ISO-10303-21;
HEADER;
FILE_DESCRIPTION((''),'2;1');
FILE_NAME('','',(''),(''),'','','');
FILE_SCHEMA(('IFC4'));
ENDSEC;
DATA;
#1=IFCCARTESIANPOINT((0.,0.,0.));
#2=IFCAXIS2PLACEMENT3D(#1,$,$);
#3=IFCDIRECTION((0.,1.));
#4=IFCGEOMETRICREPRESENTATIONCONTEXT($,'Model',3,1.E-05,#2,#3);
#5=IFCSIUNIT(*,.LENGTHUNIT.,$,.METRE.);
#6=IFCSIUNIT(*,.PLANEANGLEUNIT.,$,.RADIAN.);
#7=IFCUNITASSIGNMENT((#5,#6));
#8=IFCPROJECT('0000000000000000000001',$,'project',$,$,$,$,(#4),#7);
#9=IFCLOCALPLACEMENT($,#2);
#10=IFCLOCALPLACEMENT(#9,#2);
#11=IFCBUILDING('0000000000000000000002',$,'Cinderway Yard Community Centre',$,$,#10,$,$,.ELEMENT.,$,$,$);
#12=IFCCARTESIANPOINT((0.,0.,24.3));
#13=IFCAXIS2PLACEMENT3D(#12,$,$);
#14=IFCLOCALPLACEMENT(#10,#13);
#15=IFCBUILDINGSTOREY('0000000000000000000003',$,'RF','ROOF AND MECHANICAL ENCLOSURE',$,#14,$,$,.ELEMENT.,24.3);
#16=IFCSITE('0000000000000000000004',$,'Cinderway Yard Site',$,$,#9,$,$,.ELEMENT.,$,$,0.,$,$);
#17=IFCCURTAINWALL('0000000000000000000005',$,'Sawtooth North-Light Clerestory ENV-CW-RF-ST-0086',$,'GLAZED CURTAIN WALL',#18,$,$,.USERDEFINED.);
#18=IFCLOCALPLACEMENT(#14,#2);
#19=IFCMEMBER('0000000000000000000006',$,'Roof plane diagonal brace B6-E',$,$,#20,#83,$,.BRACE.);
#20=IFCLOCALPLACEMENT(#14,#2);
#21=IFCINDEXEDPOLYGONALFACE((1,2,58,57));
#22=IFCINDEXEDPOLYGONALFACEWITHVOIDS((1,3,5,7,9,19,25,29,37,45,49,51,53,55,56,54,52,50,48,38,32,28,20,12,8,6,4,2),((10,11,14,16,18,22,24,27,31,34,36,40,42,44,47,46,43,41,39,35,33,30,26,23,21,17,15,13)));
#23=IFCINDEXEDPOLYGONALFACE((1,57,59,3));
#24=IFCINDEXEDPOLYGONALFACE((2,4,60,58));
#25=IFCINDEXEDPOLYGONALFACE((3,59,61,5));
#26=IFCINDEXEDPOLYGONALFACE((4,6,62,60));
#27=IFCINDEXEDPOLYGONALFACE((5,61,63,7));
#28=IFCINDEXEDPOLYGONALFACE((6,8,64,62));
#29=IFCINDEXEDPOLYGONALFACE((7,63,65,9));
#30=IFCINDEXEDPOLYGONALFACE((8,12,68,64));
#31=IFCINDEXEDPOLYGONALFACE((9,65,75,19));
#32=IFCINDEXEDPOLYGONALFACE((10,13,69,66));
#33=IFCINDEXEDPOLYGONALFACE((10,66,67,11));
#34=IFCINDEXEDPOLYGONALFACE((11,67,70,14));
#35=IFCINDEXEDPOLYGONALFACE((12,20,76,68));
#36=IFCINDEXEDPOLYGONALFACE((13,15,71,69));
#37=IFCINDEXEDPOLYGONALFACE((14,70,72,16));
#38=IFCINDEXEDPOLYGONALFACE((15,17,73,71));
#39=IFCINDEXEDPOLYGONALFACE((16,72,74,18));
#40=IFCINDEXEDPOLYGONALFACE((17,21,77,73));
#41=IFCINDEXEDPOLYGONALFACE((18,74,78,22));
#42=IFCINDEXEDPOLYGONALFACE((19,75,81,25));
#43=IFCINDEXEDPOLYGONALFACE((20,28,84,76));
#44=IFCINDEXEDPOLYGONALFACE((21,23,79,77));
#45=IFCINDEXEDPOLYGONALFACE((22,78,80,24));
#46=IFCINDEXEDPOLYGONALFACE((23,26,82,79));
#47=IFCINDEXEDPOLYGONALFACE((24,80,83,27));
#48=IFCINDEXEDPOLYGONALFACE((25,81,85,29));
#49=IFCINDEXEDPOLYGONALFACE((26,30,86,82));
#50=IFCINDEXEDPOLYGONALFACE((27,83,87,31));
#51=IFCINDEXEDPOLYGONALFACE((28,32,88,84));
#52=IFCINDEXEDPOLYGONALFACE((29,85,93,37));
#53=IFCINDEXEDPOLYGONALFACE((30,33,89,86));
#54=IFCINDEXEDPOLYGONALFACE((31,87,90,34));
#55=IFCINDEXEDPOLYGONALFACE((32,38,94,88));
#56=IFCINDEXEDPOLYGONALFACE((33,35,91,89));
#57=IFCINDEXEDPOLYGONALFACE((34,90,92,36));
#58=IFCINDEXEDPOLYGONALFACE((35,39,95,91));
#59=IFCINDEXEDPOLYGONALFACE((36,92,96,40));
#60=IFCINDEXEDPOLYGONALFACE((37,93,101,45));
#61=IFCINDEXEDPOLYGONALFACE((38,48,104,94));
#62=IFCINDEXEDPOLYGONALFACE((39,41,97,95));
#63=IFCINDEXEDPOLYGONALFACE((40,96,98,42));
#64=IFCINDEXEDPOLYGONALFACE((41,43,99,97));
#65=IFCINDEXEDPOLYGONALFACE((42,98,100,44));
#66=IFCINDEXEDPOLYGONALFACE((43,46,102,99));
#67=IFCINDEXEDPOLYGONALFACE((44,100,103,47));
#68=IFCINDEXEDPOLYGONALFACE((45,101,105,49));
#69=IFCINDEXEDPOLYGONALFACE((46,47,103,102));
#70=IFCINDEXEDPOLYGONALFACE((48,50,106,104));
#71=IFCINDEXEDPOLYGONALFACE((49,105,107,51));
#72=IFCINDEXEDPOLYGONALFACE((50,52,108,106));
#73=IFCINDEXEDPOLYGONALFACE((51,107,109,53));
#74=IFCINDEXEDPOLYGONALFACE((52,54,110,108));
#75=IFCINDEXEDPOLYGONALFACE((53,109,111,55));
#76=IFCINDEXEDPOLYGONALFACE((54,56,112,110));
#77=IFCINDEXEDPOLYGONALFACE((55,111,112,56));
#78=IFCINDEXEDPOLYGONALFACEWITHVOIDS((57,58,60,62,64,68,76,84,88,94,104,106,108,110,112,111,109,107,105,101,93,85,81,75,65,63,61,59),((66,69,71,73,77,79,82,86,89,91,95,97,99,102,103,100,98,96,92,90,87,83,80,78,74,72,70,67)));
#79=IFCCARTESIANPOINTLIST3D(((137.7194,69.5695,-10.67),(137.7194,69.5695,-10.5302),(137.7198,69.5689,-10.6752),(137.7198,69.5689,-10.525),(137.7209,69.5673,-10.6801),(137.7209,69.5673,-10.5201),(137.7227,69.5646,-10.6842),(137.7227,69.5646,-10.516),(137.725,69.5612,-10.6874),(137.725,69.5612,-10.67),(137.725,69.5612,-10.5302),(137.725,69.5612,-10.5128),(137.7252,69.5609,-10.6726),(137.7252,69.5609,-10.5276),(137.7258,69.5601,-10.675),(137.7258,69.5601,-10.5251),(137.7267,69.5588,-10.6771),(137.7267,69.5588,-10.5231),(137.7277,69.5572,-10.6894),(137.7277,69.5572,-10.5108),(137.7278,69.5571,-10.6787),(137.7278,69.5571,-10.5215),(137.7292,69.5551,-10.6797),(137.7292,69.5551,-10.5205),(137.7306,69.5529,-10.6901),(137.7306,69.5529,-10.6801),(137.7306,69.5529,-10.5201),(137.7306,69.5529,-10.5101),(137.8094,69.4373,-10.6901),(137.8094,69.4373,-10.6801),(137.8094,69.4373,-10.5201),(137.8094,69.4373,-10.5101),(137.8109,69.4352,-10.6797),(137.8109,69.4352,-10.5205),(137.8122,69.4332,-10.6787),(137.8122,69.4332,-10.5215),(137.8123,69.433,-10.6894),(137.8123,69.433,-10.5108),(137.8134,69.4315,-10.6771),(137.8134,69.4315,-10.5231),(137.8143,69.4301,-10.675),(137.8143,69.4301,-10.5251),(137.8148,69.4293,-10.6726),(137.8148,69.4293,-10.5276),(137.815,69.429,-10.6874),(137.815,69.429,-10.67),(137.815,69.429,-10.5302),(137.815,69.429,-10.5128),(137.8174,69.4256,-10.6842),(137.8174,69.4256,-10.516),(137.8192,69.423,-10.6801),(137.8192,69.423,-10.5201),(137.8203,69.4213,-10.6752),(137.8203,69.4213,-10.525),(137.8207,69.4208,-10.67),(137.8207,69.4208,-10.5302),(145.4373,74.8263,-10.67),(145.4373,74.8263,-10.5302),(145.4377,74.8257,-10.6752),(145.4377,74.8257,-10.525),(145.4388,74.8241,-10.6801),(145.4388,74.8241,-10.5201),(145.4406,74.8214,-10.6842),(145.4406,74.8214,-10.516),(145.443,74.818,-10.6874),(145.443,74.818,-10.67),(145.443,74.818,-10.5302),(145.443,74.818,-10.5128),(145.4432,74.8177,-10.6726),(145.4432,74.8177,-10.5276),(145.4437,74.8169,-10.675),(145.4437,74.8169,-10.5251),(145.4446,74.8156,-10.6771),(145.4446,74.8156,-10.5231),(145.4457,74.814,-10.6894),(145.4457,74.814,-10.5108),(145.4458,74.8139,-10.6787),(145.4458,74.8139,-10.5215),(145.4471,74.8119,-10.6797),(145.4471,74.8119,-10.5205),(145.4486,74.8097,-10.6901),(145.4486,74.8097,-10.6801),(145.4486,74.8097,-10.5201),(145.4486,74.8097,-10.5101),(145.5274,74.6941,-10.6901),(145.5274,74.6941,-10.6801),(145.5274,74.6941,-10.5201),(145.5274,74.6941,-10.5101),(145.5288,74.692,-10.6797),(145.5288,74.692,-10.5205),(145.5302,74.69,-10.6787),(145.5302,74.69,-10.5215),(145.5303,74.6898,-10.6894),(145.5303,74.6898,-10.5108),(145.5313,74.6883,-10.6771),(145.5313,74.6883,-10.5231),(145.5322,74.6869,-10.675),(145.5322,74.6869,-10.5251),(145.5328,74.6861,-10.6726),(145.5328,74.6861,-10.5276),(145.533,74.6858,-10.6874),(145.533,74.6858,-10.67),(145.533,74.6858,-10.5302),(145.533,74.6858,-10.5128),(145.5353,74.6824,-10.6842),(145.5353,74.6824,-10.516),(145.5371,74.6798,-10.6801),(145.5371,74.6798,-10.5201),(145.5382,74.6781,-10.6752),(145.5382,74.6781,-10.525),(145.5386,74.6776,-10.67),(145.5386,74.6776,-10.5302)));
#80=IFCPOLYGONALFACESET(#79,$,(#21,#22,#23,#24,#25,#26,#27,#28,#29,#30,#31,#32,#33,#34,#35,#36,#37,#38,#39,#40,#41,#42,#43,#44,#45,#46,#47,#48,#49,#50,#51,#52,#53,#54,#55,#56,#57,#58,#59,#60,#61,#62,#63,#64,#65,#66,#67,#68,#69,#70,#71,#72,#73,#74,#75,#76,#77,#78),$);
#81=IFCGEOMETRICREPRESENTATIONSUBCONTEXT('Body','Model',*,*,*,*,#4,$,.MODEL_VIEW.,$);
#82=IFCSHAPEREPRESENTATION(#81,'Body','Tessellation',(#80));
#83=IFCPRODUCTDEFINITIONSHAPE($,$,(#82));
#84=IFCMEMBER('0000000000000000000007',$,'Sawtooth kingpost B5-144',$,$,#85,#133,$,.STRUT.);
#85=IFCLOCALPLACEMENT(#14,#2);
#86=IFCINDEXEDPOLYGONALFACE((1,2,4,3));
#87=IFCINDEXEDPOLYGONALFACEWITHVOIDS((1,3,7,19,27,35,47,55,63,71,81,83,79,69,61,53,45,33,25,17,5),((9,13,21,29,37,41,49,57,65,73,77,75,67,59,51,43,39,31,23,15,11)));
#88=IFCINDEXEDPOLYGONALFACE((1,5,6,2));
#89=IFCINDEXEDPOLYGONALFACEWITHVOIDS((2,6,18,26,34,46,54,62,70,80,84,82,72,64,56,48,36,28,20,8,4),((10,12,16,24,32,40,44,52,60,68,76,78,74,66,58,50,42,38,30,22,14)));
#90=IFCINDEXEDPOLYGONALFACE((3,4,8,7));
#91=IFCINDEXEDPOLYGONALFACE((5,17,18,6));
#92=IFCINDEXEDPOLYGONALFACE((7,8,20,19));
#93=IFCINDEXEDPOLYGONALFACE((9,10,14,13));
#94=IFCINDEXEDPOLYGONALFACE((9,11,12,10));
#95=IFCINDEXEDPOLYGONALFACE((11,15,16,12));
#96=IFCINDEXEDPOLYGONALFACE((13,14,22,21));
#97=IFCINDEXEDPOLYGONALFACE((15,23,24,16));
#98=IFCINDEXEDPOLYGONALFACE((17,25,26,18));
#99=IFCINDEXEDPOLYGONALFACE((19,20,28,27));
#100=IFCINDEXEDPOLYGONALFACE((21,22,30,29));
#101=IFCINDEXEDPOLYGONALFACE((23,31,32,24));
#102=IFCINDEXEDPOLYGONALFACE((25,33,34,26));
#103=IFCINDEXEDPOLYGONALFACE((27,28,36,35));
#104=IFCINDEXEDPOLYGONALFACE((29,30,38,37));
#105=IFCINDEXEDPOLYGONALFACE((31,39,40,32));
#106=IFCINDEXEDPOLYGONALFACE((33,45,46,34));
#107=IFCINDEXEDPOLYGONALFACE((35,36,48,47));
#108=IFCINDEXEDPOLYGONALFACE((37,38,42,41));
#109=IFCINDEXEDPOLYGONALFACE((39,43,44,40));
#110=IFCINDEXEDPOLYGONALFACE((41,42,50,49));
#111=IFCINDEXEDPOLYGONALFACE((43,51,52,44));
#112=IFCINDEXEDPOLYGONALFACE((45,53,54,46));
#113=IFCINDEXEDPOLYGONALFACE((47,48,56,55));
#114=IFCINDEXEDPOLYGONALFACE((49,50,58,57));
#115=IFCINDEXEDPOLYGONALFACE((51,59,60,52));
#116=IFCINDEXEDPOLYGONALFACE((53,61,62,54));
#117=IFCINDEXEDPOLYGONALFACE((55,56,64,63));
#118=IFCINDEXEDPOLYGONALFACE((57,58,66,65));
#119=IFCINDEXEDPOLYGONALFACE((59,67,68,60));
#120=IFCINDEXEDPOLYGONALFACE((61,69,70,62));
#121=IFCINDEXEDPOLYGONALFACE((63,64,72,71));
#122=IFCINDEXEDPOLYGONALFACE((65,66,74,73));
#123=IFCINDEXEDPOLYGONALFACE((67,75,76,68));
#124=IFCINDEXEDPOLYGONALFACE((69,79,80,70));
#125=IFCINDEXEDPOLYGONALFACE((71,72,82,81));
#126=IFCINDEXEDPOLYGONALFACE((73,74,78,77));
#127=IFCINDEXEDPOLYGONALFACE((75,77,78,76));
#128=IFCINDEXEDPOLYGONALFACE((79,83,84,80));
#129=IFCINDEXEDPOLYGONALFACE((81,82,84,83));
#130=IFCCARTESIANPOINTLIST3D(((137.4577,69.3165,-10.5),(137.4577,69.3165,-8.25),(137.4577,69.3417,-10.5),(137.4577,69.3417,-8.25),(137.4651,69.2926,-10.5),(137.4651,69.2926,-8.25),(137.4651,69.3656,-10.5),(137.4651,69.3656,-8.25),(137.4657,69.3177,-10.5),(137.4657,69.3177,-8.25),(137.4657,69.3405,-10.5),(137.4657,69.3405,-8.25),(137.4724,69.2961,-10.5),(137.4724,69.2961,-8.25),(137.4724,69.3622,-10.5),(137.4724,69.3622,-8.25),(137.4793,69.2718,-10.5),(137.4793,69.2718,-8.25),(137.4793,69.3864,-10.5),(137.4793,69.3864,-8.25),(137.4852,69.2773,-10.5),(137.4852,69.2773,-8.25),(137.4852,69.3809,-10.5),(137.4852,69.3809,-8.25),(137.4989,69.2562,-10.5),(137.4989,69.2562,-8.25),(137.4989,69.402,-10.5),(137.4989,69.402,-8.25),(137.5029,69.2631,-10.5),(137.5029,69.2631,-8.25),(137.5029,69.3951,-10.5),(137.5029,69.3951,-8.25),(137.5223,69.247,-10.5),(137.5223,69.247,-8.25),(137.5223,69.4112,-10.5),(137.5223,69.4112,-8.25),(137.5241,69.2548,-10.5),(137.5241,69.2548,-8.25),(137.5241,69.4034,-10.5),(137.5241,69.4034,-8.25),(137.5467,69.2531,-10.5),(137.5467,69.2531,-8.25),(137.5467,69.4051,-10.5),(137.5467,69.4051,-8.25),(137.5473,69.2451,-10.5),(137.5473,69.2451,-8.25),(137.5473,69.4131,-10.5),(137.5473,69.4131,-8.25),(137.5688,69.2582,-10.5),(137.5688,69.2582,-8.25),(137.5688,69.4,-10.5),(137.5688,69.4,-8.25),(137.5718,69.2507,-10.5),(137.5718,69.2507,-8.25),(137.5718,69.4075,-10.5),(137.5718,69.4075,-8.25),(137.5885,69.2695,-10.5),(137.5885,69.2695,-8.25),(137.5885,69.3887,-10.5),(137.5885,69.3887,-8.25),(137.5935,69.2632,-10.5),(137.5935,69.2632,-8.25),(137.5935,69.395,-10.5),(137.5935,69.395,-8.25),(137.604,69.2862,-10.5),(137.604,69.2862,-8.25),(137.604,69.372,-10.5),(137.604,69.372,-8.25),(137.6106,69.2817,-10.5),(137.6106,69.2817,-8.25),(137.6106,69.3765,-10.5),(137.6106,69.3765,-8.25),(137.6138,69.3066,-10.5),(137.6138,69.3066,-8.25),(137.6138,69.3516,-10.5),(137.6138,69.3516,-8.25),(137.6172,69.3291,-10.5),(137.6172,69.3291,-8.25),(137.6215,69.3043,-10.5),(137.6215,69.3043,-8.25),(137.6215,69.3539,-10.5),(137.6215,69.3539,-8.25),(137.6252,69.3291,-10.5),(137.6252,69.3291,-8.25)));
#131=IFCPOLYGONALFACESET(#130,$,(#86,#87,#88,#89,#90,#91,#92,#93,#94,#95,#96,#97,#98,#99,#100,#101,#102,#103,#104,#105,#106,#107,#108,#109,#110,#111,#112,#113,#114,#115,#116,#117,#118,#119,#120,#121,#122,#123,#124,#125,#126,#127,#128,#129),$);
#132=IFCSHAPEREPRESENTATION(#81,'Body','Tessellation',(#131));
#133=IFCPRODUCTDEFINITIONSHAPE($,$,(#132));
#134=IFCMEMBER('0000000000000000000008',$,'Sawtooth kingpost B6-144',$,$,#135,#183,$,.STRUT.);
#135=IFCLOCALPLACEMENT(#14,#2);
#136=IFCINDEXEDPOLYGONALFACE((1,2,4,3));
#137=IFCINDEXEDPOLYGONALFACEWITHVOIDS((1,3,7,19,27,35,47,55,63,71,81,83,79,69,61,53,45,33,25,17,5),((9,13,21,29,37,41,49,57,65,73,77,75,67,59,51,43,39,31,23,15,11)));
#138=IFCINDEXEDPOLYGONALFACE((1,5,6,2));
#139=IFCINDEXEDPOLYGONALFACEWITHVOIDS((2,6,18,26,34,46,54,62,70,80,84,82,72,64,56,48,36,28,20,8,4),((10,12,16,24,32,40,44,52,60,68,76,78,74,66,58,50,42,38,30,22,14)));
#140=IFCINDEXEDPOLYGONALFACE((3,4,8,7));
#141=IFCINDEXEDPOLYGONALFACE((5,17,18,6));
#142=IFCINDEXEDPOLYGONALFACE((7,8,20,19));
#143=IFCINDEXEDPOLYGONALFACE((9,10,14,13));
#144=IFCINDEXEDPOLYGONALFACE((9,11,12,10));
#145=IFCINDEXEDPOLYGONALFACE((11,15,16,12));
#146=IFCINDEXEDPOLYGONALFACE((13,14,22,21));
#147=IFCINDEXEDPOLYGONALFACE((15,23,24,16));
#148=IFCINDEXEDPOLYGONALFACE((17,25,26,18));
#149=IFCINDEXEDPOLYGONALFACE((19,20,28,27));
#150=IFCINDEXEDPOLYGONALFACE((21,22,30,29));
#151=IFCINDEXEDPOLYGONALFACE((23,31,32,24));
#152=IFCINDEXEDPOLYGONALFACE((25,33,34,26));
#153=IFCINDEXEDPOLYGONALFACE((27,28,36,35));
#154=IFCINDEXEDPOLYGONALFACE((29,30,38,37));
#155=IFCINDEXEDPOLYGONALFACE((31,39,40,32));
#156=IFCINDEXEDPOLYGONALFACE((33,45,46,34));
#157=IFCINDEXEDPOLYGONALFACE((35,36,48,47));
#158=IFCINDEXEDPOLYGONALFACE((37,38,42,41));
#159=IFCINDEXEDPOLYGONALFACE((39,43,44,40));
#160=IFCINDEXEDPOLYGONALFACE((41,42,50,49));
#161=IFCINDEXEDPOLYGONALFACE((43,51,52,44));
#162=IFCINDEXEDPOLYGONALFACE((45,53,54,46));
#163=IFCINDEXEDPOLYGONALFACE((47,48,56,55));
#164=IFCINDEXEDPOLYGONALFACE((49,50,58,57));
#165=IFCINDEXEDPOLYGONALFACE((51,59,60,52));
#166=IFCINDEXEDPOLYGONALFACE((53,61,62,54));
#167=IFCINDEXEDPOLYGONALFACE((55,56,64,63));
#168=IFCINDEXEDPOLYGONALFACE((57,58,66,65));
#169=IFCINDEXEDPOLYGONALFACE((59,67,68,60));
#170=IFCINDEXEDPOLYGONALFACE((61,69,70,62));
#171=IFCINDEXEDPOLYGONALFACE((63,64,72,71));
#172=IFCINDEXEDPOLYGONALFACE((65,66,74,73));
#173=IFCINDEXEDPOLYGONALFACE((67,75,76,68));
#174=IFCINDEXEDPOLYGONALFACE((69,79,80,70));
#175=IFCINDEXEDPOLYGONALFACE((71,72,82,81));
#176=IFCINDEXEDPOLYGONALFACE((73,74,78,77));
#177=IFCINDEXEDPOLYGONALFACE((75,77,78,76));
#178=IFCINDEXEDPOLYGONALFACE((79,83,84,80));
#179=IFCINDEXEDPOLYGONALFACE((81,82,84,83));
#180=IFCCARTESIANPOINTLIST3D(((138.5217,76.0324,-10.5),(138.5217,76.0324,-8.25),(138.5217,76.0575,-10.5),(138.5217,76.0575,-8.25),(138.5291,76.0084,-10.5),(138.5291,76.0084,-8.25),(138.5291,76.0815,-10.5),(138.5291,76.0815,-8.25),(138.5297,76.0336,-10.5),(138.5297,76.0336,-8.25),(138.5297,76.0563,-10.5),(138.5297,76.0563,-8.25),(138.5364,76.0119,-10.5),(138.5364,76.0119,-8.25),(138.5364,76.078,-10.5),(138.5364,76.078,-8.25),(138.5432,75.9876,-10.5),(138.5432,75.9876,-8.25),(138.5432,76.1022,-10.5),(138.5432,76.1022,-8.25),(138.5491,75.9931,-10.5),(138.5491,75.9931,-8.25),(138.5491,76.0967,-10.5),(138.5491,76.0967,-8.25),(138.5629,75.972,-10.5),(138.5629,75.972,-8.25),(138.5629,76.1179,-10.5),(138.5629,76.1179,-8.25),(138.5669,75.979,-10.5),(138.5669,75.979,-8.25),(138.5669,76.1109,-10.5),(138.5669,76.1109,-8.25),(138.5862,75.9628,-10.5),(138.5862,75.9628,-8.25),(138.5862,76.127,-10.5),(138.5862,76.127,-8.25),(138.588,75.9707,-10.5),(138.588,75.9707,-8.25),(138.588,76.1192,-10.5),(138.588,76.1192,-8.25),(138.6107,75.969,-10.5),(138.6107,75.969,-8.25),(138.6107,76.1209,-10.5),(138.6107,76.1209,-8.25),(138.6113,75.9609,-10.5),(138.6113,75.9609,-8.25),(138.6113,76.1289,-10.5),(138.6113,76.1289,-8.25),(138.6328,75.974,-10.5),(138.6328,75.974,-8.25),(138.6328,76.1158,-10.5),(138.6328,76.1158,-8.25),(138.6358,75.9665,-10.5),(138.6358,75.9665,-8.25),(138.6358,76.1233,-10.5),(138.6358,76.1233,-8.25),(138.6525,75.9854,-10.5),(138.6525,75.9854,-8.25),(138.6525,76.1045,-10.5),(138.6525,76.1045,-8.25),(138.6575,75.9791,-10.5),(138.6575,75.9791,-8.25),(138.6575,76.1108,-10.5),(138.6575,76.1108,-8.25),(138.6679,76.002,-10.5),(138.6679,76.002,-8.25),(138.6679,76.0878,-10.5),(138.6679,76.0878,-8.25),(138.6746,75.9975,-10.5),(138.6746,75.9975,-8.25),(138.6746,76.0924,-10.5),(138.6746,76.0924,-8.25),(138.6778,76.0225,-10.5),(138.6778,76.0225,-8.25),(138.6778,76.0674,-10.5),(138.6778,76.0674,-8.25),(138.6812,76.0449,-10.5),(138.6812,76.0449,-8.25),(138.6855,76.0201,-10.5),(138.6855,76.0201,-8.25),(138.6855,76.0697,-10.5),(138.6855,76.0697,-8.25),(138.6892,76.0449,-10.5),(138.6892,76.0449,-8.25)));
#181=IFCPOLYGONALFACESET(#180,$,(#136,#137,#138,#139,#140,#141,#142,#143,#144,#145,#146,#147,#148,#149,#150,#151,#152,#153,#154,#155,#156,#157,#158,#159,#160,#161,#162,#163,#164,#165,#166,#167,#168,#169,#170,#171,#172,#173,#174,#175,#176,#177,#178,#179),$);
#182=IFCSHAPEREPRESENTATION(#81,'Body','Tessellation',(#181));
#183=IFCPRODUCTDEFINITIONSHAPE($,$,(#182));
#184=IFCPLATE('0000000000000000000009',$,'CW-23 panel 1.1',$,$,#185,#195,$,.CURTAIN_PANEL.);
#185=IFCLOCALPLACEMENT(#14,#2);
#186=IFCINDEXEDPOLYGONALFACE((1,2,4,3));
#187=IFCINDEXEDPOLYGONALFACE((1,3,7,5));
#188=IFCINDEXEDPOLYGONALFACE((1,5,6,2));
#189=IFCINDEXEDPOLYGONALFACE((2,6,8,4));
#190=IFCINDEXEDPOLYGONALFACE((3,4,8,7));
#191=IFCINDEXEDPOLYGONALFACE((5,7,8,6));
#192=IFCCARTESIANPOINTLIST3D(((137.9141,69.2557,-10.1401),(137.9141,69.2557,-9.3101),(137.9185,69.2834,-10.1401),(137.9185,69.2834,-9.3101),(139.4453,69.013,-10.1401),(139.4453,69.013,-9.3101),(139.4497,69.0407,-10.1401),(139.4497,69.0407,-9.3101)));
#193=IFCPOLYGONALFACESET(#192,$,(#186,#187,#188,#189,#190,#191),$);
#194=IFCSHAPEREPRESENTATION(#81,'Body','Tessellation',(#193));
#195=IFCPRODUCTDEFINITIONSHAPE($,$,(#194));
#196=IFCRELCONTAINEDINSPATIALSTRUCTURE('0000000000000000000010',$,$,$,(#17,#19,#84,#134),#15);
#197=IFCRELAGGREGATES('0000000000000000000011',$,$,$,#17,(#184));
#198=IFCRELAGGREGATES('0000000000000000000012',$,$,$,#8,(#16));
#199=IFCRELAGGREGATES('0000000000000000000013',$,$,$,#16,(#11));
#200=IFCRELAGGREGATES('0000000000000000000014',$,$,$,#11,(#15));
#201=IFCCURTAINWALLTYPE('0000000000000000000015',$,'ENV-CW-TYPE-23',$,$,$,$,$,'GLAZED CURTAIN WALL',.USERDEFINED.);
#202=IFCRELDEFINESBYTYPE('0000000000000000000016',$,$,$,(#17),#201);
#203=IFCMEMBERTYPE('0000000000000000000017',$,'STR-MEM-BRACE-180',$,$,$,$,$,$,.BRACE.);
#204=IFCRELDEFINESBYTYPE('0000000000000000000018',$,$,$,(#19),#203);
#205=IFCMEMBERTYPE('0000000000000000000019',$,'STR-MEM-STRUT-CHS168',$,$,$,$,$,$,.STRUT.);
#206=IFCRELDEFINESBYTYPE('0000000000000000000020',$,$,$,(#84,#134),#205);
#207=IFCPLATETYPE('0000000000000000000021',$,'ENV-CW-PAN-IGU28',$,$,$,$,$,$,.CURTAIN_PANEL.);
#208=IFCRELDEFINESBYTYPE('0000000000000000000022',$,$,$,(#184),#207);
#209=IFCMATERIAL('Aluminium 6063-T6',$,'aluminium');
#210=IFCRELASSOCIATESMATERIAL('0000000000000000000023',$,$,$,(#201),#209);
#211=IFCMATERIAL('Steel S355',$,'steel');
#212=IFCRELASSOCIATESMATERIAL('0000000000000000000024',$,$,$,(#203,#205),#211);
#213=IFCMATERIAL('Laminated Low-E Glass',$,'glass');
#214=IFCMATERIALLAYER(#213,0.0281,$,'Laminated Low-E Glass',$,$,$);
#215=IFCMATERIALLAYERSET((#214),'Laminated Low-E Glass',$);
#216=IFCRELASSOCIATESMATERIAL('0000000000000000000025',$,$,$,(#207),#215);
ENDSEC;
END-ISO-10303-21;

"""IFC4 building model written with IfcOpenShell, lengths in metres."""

from ifc_helpers import new_model, si_unit, direction, frame, origin, origin_2d, place, context, subcontext, project, spatial, rectangle, hollow_rectangle, hollow_circle, extrude, material, layer, layer_set, material_profile, profile_set, type_object, element, aggregate, save


model = new_model("IFC4")

# Units and contexts
model_context = context("Model", 3, precision=1e-05, world=origin(), true_north=direction((0.0, 1.0)))
body_context = subcontext(model_context, "Body", "Model", "MODEL_VIEW")
ifc_project = project(units=[si_unit("LENGTHUNIT", "METRE"), si_unit("PLANEANGLEUNIT", "RADIAN")], contexts=[model_context])

# Site, building, storey
site_placement = place(None, origin())
site = spatial("IfcSite", under=ifc_project, at=site_placement, Name="Cinderway Yard Site", CompositionType="ELEMENT", RefElevation=0.0)
building_placement = place(site_placement, origin())
building = spatial("IfcBuilding", under=site, at=building_placement, Name="Cinderway Yard Community Centre", CompositionType="ELEMENT")
storey_placement = place(building_placement, frame((0.0, 0.0, 24.3)))
storey = spatial("IfcBuildingStorey", under=building, at=storey_placement, Name="RF", Description="ROOF AND MECHANICAL ENCLOSURE", CompositionType="ELEMENT", Elevation=24.3)

# Curtain wall
ifc_material_1 = material(Name="Aluminium 6063-T6", Category="aluminium")
curtain_wall_type = type_object("IfcCurtainWallType", Name="ENV-CW-TYPE-23", ElementType="GLAZED CURTAIN WALL", PredefinedType="USERDEFINED", material=ifc_material_1)
curtain_wall_1_placement = place(storey_placement, origin())
curtain_wall_1 = element("IfcCurtainWall", 1, at=curtain_wall_1_placement, inside=storey, type_object=curtain_wall_type, Name="Sawtooth North-Light Clerestory ENV-CW-RF-ST-0086", ObjectType="GLAZED CURTAIN WALL", PredefinedType="USERDEFINED")

# Members
ifc_material_2 = material(Name="Steel S355", Category="steel")
ifc_material_profile_1 = material_profile(ifc_material_2, hollow_rectangle(XDim=0.1799, YDim=0.1799, WallThickness=0.01, InnerFilletRadius=0.01, OuterFilletRadius=0.02, at=origin_2d()), Name="Steel S355")
ifc_profile_set_1 = profile_set([ifc_material_profile_1], Name="Steel S355")
member_type_1 = type_object("IfcMemberType", Name="STR-MEM-BRACE-180", PredefinedType="BRACE", material=ifc_profile_set_1)
member_1_placement = place(storey_placement, frame((137.77, 69.4951, -10.6001), z_axis=(0.826499, 0.562938, 0.0), x_axis=(-0.562938, 0.826499, 0.0)))
element("IfcMember", 2, at=member_1_placement, inside=storey, type_object=member_type_1, Name="Roof plane diagonal brace B6-E", PredefinedType="BRACE", context=body_context, shape_type="SweptSolid", body=[
    extrude(hollow_rectangle(XDim=0.1799, YDim=0.1799, WallThickness=0.01, InnerFilletRadius=0.01, OuterFilletRadius=0.02, at=origin_2d()), origin(), (0.0, 0.0, 1.0), 9.3381),
])
ifc_material_profile_2 = material_profile(ifc_material_2, hollow_circle(Radius=0.0842, WallThickness=0.0081, at=origin_2d()), Name="Steel S355")
ifc_profile_set_2 = profile_set([ifc_material_profile_2], Name="Steel S355")
member_type_2 = type_object("IfcMemberType", Name="STR-MEM-STRUT-CHS168", PredefinedType="STRUT", material=ifc_profile_set_2)
for number, where, z_axis, x_axis, name in (
    (3, (137.541, 69.3291, -10.5), (0.0, 0.0, 1.0), (1.0, 0.0, 0.0), "Sawtooth kingpost B5-144"),
    (4, (138.605, 76.0449, -10.5), (0.0, 0.0, 1.0), (1.0, 0.0, 0.0), "Sawtooth kingpost B6-144"),
):
    element("IfcMember", number, at=place(storey_placement, frame(where, z_axis=z_axis, x_axis=x_axis)), inside=storey, type_object=member_type_2, Name=name, PredefinedType="STRUT", context=body_context, shape_type="SweptSolid", body=[
        extrude(hollow_circle(Radius=0.0842, WallThickness=0.0081, at=origin_2d()), origin(), (0.0, 0.0, 1.0), 2.25),
    ])

# Plate
ifc_material_3 = material(Name="Laminated Low-E Glass", Category="glass")
ifc_layer_1 = layer(ifc_material_3, 0.0281, Name="Laminated Low-E Glass")
ifc_layer_set_1 = layer_set([ifc_layer_1], Name="Laminated Low-E Glass")
plate_type_1 = type_object("IfcPlateType", Name="ENV-CW-PAN-IGU28", PredefinedType="CURTAIN_PANEL", material=ifc_layer_set_1)
plate_1_placement = place(storey_placement, frame((138.6819, 69.1482, -10.1401), z_axis=(0.0, 0.0, 1.0), x_axis=(0.987673, -0.156534, 0.0)))
plate_1 = element("IfcPlate", 5, at=plate_1_placement, type_object=plate_type_1, Name="CW-23 panel 1.1", PredefinedType="CURTAIN_PANEL", context=body_context, shape_type="SweptSolid", body=[
    extrude(rectangle(XDim=1.5503, YDim=0.0281, at=origin_2d()), origin(), (0.0, 0.0, 1.0), 0.8301),
])
aggregate(curtain_wall_1, [plate_1])

save(model, "model.ifc")
